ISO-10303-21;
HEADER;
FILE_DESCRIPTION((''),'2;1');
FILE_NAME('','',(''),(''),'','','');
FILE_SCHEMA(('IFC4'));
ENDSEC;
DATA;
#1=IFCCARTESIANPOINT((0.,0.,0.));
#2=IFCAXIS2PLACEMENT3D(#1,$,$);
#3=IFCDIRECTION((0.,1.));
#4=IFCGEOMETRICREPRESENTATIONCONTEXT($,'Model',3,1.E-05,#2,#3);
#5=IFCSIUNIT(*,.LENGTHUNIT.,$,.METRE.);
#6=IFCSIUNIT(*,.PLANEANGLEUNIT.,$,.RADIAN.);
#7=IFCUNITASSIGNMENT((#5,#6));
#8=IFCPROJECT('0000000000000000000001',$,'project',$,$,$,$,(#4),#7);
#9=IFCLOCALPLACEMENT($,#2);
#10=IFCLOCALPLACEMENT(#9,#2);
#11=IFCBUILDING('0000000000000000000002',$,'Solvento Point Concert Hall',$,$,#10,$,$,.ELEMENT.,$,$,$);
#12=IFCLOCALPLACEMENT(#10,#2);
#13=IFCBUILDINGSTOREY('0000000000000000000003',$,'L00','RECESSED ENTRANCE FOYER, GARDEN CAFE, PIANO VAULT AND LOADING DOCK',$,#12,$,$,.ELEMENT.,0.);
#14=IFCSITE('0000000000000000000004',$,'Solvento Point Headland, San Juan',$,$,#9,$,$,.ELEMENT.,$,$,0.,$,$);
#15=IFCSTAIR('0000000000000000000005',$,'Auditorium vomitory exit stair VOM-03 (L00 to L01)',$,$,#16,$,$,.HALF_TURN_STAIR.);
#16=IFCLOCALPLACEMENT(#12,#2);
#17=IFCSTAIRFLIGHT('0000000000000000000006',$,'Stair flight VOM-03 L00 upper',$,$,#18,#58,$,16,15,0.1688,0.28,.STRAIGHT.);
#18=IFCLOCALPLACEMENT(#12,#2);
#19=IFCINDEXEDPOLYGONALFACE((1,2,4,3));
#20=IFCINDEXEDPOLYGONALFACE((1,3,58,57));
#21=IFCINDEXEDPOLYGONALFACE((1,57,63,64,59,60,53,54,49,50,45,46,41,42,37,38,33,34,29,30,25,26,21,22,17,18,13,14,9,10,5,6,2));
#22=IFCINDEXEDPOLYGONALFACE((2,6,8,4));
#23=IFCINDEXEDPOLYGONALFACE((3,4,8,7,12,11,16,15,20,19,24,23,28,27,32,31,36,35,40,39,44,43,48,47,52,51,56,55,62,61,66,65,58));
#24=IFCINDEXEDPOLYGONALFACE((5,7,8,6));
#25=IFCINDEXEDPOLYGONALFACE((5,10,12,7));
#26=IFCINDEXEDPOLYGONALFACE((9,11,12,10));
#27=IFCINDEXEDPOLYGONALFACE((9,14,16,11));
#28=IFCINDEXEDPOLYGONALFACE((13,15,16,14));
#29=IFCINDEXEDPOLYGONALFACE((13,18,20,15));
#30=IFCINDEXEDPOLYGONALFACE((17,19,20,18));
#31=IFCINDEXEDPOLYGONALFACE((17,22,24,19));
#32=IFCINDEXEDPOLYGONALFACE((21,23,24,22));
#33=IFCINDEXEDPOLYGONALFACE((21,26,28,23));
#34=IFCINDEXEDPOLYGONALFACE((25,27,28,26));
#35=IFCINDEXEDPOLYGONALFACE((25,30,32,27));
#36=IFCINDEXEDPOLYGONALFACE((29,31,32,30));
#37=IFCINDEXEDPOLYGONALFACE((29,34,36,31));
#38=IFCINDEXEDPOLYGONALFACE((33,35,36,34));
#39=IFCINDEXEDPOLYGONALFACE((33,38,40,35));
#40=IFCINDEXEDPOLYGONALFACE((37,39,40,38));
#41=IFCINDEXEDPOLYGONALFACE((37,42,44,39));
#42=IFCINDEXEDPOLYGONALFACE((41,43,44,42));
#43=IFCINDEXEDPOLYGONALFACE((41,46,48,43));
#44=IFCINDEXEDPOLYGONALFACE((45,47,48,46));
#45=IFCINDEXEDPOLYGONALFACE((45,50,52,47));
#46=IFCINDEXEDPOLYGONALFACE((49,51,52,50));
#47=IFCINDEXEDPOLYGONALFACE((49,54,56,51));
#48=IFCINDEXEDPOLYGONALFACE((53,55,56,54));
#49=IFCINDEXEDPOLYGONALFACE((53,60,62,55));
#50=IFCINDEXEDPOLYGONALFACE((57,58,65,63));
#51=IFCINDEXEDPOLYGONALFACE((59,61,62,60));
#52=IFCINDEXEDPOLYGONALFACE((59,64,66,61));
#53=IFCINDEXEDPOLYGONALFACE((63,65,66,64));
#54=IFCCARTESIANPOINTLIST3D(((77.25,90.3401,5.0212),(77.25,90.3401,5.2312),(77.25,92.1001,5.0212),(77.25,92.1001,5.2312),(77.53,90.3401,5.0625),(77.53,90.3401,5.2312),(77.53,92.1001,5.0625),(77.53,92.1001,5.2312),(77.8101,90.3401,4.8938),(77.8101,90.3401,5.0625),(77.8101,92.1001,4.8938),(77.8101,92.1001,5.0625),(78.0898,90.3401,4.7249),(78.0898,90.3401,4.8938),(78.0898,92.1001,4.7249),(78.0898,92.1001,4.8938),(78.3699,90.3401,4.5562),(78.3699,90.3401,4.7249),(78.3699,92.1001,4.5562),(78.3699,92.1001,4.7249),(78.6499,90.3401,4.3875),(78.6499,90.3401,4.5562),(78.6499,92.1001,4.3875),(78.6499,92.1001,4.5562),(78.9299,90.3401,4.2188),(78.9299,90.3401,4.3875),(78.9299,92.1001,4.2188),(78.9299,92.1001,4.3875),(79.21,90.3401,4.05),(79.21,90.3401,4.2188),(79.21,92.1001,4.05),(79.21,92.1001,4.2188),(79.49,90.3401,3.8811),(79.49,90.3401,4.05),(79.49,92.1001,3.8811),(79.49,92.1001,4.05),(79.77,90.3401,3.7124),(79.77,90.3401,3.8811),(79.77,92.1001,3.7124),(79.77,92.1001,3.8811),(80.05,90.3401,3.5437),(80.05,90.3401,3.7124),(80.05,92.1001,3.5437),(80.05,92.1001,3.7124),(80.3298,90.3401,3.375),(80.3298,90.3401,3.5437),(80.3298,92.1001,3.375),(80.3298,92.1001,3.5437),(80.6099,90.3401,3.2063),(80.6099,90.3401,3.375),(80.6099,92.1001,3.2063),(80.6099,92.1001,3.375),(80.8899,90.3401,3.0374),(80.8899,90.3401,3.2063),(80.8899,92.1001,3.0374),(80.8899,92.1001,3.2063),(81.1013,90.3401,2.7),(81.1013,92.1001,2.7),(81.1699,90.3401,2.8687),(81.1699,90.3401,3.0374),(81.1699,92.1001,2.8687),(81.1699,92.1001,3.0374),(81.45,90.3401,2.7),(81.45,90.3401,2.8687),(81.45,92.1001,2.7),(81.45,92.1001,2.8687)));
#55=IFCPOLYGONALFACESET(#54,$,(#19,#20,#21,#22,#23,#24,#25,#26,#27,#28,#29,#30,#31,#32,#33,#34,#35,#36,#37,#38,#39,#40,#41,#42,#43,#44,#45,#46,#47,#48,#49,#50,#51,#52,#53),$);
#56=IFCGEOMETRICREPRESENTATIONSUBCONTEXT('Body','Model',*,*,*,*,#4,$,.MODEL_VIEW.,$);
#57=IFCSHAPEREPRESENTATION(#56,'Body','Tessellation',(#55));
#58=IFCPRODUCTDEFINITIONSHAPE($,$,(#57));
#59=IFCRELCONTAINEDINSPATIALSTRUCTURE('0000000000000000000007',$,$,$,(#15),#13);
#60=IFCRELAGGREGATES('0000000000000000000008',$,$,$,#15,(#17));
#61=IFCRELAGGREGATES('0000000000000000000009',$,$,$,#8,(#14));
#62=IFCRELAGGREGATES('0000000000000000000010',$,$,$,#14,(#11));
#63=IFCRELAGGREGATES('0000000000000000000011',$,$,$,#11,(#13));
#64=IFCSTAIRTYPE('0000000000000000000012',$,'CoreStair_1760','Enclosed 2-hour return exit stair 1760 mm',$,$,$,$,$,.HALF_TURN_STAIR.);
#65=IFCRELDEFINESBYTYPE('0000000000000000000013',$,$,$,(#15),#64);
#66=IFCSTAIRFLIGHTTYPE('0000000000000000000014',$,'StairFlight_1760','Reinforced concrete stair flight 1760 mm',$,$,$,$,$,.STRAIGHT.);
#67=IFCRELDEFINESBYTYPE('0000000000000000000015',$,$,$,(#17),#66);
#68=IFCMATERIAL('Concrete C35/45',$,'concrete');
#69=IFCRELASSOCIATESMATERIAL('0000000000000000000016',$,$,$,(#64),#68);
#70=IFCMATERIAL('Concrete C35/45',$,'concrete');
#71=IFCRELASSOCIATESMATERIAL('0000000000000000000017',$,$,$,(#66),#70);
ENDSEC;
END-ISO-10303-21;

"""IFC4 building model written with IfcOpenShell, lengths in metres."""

from ifc_helpers import new_model, si_unit, direction, frame, origin, place, context, subcontext, project, spatial, polyline, outline, extrude, material, type_object, element, aggregate, save


model = new_model("IFC4")

# Units and contexts
model_context = context("Model", 3, precision=1e-05, world=origin(), true_north=direction((0.0, 1.0)))
body_context = subcontext(model_context, "Body", "Model", "MODEL_VIEW")
ifc_project = project(units=[si_unit("LENGTHUNIT", "METRE"), si_unit("PLANEANGLEUNIT", "RADIAN")], contexts=[model_context])

# Site, building, storey
site_placement = place(None, origin())
site = spatial("IfcSite", under=ifc_project, at=site_placement, Name="Solvento Point Headland, San Juan", CompositionType="ELEMENT", RefElevation=0.0)
building_placement = place(site_placement, origin())
building = spatial("IfcBuilding", under=site, at=building_placement, Name="Solvento Point Concert Hall", CompositionType="ELEMENT")
storey_placement = place(building_placement, origin())
storey = spatial("IfcBuildingStorey", under=building, at=storey_placement, Name="L00", Description="RECESSED ENTRANCE FOYER, GARDEN CAFE, PIANO VAULT AND LOADING DOCK", CompositionType="ELEMENT", Elevation=0.0)

# Stair, stair flight
ifc_material_1 = material(Name="Concrete C35/45", Category="concrete")
stair_type = type_object("IfcStairType", Name="CoreStair_1760", Description="Enclosed 2-hour return exit stair 1760 mm", PredefinedType="HALF_TURN_STAIR", material=ifc_material_1)
stair_placement = place(storey_placement, origin())
stair = element("IfcStair", 1, at=stair_placement, inside=storey, type_object=stair_type, Name="Auditorium vomitory exit stair VOM-03 (L00 to L01)", PredefinedType="HALF_TURN_STAIR")
ifc_material_2 = material(Name="Concrete C35/45", Category="concrete")
stair_flight_type = type_object("IfcStairFlightType", Name="StairFlight_1760", Description="Reinforced concrete stair flight 1760 mm", PredefinedType="STRAIGHT", material=ifc_material_2)
stair_flight_1_placement = place(storey_placement, frame((81.45, 91.22, 2.7), z_axis=(0.0, 0.0, 1.0), x_axis=(-1.0, 0.0, 0.0)))
stair_flight_1 = element("IfcStairFlight", 2, at=stair_flight_1_placement, type_object=stair_flight_type, Name="Stair flight VOM-03 L00 upper", NumberOfRisers=16, NumberOfTreads=15, PredefinedType="STRAIGHT", RiserHeight=0.1688, TreadLength=0.28, context=body_context, shape_type="SweptSolid", body=[
    extrude(outline(polyline([(0.0, 0.0), (0.0, 0.1687), (0.28, 0.1687), (0.28, 0.3374), (0.5601, 0.3374), (0.5601, 0.5063), (0.8401, 0.5063), (0.8401, 0.675), (1.1201, 0.675), (1.1201, 0.8438), (1.3999, 0.8438), (1.3999, 1.0125), (1.6799, 1.0125), (1.6799, 1.1812), (1.96, 1.1812), (1.96, 1.3501), (2.24, 1.3501), (2.24, 1.5188), (2.52, 1.5188), (2.52, 1.6875), (2.8, 1.6875), (2.8, 1.8562), (3.0801, 1.8562), (3.0801, 2.0249), (3.3601, 2.0249), (3.3601, 2.1938), (3.6399, 2.1938), (3.6399, 2.3625), (3.9199, 2.3625), (3.9199, 2.5312), (4.2, 2.5312), (4.2, 2.7), (4.2, 2.3213), (0.3486, 0.0), (0.0, 0.0)])), frame((0.0, 0.8799, 0.0), z_axis=(0.0, -1.0, 0.0), x_axis=(1.0, 0.0, 0.0)), (0.0, 0.0, 1.0), 1.76),
])
aggregate(stair, [stair_flight_1])

save(model, "model.ifc")
